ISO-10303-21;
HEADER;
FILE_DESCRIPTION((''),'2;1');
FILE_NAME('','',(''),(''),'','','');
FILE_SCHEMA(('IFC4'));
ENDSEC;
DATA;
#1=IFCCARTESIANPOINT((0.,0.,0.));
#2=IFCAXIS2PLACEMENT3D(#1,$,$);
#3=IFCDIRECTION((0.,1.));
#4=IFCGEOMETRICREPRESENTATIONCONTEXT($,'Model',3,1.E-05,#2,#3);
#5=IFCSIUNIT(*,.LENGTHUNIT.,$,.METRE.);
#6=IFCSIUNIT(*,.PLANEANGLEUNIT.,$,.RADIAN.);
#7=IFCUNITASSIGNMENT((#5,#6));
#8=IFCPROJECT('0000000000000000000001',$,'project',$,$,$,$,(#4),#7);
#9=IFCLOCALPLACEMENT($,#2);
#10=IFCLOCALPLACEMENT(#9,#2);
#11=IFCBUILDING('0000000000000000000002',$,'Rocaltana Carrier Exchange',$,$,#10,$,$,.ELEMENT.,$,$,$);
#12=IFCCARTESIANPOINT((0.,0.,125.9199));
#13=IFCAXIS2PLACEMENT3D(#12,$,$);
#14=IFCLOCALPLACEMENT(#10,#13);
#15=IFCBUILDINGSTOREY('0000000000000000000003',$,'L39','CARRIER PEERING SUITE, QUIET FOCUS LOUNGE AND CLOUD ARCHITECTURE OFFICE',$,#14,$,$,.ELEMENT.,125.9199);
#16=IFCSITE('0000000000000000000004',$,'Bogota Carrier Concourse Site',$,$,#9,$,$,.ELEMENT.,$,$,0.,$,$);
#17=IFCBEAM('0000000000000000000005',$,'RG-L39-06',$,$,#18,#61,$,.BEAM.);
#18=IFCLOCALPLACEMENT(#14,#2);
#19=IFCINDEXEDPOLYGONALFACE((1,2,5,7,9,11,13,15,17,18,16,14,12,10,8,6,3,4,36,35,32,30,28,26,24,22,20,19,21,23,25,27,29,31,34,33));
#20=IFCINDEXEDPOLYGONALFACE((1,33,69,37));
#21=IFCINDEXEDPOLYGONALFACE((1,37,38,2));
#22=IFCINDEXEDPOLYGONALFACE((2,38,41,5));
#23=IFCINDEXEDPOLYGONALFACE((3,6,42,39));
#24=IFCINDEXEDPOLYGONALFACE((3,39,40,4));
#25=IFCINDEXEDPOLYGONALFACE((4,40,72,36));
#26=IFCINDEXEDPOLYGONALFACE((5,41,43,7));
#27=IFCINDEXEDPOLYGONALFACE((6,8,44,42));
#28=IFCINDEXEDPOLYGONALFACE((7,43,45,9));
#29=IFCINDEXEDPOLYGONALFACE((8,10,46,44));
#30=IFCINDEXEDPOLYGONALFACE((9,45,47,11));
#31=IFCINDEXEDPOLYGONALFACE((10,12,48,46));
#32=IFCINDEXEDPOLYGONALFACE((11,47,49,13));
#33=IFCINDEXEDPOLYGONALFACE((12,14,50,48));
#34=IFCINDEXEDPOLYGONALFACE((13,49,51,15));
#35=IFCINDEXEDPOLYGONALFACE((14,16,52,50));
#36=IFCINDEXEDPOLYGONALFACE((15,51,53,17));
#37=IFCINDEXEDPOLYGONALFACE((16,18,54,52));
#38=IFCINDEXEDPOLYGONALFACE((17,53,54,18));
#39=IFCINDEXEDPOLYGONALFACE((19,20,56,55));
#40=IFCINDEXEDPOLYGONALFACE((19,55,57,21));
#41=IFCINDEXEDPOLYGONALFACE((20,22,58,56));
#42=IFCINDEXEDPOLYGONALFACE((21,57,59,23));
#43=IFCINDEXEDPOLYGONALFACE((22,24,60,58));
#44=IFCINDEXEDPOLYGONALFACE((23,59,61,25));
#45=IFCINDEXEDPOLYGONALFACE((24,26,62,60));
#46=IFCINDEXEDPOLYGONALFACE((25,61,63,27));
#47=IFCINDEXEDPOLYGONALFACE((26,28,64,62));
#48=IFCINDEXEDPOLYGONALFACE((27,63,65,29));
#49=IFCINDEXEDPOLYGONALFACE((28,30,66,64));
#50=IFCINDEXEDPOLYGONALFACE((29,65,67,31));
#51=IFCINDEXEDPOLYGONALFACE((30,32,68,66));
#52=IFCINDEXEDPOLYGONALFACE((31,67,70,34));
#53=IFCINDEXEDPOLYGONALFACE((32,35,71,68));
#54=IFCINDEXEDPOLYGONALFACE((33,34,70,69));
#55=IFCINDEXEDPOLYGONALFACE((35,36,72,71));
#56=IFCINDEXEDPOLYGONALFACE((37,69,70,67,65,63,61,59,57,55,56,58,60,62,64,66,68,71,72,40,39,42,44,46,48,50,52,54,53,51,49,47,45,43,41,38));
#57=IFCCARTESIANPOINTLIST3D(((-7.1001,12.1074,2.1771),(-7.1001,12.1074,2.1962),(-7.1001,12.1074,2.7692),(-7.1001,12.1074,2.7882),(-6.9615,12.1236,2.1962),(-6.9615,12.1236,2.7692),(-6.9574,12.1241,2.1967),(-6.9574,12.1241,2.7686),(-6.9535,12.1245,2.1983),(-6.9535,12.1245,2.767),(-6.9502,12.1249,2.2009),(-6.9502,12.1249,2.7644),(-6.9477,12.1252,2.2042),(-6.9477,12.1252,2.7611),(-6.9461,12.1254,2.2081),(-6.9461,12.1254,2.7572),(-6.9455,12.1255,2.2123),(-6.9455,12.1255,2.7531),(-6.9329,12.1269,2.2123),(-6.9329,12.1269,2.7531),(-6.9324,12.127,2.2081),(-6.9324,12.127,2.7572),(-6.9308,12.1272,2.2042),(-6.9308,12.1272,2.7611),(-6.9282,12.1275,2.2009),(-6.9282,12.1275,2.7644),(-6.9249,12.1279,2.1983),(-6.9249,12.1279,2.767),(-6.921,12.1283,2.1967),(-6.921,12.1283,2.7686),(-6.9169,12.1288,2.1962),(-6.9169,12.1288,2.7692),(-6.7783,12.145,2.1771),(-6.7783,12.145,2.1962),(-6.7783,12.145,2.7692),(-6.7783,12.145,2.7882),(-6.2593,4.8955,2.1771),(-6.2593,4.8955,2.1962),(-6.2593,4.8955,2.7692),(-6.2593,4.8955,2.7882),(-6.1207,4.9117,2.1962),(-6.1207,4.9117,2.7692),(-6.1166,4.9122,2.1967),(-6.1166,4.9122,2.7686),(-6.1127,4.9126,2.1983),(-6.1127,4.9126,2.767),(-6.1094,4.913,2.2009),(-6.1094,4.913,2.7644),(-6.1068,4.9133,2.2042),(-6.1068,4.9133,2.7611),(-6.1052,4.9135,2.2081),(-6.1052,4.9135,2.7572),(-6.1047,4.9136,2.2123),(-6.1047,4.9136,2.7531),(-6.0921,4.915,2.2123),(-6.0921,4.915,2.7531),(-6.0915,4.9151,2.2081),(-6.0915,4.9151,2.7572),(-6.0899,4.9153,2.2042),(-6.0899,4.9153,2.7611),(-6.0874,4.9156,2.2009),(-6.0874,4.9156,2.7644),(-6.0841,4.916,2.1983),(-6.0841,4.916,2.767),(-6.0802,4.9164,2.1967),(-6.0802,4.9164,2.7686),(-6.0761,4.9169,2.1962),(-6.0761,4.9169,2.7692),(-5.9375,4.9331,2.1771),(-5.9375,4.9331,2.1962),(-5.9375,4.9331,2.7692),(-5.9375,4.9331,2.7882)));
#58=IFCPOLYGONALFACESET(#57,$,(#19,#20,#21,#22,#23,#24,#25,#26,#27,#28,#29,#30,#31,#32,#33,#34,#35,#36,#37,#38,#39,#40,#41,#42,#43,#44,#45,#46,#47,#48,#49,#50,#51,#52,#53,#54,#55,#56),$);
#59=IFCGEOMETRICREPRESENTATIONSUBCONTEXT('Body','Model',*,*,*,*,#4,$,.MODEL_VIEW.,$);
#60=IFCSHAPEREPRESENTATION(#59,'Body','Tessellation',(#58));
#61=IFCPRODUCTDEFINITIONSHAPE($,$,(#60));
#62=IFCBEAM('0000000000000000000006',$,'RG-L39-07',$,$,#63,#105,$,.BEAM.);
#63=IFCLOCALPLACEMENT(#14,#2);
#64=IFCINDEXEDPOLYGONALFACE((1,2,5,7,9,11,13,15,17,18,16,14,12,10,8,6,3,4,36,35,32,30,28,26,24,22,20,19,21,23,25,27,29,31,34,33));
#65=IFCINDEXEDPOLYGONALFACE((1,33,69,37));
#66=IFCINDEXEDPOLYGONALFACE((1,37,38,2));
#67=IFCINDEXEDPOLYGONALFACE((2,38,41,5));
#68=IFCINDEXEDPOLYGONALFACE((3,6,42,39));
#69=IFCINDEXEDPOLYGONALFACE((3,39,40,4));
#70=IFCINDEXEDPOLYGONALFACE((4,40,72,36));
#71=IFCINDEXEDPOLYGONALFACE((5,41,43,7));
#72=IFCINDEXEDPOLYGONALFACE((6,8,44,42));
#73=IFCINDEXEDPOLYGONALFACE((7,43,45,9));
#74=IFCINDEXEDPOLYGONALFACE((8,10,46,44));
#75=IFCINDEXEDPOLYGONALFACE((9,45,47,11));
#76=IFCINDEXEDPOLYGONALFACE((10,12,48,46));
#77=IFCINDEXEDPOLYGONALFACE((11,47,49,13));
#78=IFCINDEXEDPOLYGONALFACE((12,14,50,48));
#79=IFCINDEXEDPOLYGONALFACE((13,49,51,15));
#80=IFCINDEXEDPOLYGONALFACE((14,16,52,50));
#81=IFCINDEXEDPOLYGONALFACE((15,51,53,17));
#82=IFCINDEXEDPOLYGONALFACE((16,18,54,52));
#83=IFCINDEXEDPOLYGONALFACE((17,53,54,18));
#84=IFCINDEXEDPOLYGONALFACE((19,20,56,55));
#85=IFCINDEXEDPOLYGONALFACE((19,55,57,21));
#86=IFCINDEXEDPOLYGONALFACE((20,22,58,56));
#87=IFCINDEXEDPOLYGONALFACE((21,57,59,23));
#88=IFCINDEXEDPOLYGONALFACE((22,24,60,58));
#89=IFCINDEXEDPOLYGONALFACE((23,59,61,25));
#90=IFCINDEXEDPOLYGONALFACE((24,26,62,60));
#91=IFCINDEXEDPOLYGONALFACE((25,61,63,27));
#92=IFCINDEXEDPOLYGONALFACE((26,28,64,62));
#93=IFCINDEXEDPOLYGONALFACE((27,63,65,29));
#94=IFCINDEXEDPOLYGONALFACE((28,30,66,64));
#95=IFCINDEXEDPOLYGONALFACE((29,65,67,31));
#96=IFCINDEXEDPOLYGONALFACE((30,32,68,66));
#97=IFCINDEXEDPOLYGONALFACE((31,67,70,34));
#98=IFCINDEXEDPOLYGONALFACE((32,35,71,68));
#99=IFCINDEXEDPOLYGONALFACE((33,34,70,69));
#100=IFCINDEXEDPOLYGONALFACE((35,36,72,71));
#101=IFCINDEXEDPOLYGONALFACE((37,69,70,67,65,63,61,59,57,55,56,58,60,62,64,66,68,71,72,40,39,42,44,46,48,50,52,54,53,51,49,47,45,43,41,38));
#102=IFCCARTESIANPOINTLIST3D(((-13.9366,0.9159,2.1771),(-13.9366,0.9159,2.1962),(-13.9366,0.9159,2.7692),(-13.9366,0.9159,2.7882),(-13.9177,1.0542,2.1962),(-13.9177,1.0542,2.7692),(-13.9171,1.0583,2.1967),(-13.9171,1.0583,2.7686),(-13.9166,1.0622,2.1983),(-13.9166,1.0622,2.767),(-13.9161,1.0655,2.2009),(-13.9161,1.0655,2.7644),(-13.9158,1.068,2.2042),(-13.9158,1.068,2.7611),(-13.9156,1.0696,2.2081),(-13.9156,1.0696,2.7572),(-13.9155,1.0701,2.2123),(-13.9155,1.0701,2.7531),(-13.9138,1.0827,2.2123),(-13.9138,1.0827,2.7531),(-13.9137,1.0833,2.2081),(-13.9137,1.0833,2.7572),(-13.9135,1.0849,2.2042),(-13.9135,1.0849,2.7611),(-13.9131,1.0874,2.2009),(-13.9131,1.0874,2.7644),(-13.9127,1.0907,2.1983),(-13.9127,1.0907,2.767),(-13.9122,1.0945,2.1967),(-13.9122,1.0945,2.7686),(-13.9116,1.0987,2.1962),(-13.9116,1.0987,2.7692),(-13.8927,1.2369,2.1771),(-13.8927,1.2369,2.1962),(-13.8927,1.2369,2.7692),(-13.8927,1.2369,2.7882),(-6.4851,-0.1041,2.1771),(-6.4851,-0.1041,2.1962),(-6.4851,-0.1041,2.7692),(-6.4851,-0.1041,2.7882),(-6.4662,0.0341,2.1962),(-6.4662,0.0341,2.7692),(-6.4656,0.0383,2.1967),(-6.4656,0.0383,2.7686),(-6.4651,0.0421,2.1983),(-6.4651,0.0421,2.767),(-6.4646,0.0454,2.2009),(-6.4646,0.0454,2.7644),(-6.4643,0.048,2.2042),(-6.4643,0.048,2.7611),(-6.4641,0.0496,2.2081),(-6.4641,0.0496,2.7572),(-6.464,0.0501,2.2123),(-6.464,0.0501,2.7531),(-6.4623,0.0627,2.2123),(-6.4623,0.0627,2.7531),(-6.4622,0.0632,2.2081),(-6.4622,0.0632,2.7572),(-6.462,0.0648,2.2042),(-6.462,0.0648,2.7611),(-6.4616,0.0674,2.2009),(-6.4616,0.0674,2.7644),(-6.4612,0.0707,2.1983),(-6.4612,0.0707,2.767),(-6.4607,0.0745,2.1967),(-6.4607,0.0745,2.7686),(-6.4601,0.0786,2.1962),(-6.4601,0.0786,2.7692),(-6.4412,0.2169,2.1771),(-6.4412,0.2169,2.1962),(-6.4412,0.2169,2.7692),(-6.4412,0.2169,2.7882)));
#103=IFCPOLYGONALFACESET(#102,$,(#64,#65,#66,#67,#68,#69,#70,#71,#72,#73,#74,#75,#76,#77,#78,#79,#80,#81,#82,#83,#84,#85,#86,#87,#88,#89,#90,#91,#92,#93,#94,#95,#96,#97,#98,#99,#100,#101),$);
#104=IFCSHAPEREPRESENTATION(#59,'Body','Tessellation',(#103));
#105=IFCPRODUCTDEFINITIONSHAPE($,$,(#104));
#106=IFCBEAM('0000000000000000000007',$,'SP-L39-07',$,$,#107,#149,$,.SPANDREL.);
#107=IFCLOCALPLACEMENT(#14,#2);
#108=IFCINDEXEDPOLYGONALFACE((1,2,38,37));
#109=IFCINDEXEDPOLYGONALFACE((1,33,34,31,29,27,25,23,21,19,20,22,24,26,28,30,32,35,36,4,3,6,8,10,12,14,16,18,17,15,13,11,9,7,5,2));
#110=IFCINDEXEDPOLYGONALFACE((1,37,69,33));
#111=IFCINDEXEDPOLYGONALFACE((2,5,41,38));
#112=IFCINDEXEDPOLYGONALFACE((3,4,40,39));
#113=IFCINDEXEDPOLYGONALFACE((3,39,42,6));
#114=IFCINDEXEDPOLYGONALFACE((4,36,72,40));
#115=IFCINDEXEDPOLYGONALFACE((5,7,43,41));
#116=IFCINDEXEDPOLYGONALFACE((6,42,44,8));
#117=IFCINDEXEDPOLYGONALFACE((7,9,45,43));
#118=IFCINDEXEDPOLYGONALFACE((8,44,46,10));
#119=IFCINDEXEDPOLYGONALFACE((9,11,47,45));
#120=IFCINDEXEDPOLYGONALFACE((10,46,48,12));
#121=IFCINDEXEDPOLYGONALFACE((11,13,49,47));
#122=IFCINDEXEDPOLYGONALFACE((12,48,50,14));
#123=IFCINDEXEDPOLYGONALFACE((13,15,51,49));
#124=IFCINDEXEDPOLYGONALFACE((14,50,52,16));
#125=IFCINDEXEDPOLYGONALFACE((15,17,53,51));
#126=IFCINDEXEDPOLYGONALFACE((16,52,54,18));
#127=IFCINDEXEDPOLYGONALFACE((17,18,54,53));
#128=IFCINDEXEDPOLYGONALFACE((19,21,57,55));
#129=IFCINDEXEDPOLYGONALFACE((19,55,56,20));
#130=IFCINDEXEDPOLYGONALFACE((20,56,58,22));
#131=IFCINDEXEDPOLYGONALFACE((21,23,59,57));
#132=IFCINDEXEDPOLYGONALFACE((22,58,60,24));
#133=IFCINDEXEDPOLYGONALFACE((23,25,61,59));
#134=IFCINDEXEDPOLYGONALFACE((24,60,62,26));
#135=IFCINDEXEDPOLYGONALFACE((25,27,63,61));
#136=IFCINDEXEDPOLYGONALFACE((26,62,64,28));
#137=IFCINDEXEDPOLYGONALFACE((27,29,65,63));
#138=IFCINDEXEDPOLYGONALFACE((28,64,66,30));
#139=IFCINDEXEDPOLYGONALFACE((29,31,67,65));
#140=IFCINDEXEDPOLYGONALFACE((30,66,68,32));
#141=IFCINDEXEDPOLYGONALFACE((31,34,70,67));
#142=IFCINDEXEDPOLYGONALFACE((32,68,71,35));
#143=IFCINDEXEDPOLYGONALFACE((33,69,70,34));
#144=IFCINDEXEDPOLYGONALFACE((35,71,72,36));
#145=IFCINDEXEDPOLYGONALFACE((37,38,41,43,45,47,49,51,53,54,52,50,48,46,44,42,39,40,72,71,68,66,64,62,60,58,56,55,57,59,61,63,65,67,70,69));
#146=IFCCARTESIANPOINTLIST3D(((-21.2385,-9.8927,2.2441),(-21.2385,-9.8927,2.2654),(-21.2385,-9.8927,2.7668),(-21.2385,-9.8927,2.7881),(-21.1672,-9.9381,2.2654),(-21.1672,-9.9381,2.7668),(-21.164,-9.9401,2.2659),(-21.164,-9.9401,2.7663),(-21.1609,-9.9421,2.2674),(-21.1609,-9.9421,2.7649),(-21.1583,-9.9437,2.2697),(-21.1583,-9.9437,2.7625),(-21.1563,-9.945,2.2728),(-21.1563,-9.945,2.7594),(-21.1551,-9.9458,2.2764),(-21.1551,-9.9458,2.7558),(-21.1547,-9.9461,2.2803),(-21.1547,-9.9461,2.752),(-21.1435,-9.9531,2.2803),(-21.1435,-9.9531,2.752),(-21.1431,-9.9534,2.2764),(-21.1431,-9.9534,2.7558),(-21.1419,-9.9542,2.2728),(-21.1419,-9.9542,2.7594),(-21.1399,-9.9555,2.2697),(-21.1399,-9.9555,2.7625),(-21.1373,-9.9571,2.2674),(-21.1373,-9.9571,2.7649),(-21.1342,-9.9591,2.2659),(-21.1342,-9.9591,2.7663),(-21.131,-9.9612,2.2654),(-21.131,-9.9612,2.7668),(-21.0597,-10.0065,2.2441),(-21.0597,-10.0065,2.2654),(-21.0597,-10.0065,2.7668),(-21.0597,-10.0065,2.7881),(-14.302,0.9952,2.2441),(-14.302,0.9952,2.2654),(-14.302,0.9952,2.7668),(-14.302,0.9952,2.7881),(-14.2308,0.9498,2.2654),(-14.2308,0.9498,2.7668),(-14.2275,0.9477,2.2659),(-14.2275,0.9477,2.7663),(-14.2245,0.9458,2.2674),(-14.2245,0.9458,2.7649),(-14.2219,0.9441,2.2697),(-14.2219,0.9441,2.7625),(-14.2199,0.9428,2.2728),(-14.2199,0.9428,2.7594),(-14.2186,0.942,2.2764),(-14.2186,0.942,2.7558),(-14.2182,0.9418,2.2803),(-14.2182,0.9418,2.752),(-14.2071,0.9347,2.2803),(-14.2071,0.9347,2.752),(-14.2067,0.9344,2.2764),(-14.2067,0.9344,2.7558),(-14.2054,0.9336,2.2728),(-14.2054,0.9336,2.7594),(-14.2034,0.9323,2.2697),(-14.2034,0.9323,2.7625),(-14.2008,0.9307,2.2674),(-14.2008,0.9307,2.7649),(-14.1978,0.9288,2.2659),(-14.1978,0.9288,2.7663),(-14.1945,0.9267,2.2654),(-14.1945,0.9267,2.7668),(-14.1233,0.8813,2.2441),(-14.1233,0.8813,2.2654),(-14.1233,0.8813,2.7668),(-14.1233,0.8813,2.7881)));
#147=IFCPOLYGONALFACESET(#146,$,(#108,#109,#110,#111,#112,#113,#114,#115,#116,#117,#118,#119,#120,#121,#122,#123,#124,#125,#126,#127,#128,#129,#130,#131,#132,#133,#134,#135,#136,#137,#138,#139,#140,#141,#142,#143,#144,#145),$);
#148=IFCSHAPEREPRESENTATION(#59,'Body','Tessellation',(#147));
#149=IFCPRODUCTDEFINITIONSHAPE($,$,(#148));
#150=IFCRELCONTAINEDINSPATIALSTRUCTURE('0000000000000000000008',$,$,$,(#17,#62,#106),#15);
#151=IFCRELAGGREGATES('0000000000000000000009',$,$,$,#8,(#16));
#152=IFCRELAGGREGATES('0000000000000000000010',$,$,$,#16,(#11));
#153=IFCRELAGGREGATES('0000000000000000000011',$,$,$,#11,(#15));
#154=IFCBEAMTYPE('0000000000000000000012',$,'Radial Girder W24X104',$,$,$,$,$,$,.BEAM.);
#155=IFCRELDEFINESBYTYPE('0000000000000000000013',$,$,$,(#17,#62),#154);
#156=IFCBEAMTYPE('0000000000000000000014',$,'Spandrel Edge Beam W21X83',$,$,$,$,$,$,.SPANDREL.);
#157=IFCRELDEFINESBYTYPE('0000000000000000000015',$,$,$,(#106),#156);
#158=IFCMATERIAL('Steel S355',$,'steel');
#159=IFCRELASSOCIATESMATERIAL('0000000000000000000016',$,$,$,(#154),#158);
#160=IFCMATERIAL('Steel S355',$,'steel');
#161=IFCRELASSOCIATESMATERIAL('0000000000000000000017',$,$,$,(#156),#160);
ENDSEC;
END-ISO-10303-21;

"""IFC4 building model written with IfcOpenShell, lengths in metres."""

from ifc_helpers import new_model, si_unit, direction, frame, origin, origin_2d, place, context, subcontext, project, spatial, i_section, extrude, material, material_profile, profile_set, type_object, element, save


model = new_model("IFC4")

# Units and contexts
model_context = context("Model", 3, precision=1e-05, world=origin(), true_north=direction((0.0, 1.0)))
body_context = subcontext(model_context, "Body", "Model", "MODEL_VIEW")
ifc_project = project(units=[si_unit("LENGTHUNIT", "METRE"), si_unit("PLANEANGLEUNIT", "RADIAN")], contexts=[model_context])

# Site, building, storey
site_placement = place(None, origin())
site = spatial("IfcSite", under=ifc_project, at=site_placement, Name="Bogota Carrier Concourse Site", CompositionType="ELEMENT", RefElevation=0.0)
building_placement = place(site_placement, origin())
building = spatial("IfcBuilding", under=site, at=building_placement, Name="Rocaltana Carrier Exchange", CompositionType="ELEMENT")
storey_placement = place(building_placement, frame((0.0, 0.0, 125.9199)))
storey = spatial("IfcBuildingStorey", under=building, at=storey_placement, Name="L39", Description="CARRIER PEERING SUITE, QUIET FOCUS LOUNGE AND CLOUD ARCHITECTURE OFFICE", CompositionType="ELEMENT", Elevation=125.9199)

# Beams
ifc_material_1 = material(Name="Steel S355", Category="steel")
ifc_material_profile_1 = material_profile(ifc_material_1, i_section(OverallWidth=0.324, OverallDepth=0.6111, WebThickness=0.0127, FlangeThickness=0.019, FilletRadius=0.0161, at=origin_2d()), Name="W24X104")
ifc_profile_set_1 = profile_set([ifc_material_profile_1], Name="Steel S355")
beam_type_1 = type_object("IfcBeamType", Name="Radial Girder W24X104", PredefinedType="BEAM", material=ifc_profile_set_1)
beam_1_placement = place(storey_placement, frame((-6.0984, 4.9143, 2.4827), z_axis=(-0.115803, 0.993272, 0.0), x_axis=(-0.993272, -0.115803, 0.0)))
element("IfcBeam", 1, at=beam_1_placement, inside=storey, type_object=beam_type_1, Name="RG-L39-06", PredefinedType="BEAM", context=body_context, shape_type="SweptSolid", body=[
    extrude(i_section(OverallWidth=0.324, OverallDepth=0.6111, WebThickness=0.0127, FlangeThickness=0.019, FilletRadius=0.0161, at=origin_2d()), origin(), (0.0, 0.0, 1.0), 7.2607),
])
beam_2_placement = place(storey_placement, frame((-6.4631, 0.0564, 2.4827), z_axis=(-0.99076, 0.135625, 0.0), x_axis=(-0.135625, -0.99076, 0.0)))
element("IfcBeam", 2, at=beam_2_placement, inside=storey, type_object=beam_type_1, Name="RG-L39-07", PredefinedType="BEAM", context=body_context, shape_type="SweptSolid", body=[
    extrude(i_section(OverallWidth=0.324, OverallDepth=0.6111, WebThickness=0.0127, FlangeThickness=0.019, FilletRadius=0.0161, at=origin_2d()), origin(), (0.0, 0.0, 1.0), 7.521),
])
ifc_material_2 = material(Name="Steel S355", Category="steel")
ifc_material_profile_2 = material_profile(ifc_material_2, i_section(OverallWidth=0.2119, OverallDepth=0.5439, WebThickness=0.0132, FlangeThickness=0.0212, FilletRadius=0.0149, at=origin_2d()), Name="W21X83")
ifc_profile_set_2 = profile_set([ifc_material_profile_2], Name="Steel S355")
beam_type_2 = type_object("IfcBeamType", Name="Spandrel Edge Beam W21X83", PredefinedType="SPANDREL", material=ifc_profile_set_2)
beam_3_placement = place(storey_placement, frame((-14.2126, 0.9382, 2.5161), z_axis=(-0.537307, -0.843386, 0.0), x_axis=(0.843386, -0.537307, 0.0)))
element("IfcBeam", 3, at=beam_3_placement, inside=storey, type_object=beam_type_2, Name="SP-L39-07", PredefinedType="SPANDREL", context=body_context, shape_type="SweptSolid", body=[
    extrude(i_section(OverallWidth=0.2119, OverallDepth=0.5439, WebThickness=0.0132, FlangeThickness=0.0212, FilletRadius=0.0149, at=origin_2d()), origin(), (0.0, 0.0, 1.0), 12.9097),
])

save(model, "model.ifc")
